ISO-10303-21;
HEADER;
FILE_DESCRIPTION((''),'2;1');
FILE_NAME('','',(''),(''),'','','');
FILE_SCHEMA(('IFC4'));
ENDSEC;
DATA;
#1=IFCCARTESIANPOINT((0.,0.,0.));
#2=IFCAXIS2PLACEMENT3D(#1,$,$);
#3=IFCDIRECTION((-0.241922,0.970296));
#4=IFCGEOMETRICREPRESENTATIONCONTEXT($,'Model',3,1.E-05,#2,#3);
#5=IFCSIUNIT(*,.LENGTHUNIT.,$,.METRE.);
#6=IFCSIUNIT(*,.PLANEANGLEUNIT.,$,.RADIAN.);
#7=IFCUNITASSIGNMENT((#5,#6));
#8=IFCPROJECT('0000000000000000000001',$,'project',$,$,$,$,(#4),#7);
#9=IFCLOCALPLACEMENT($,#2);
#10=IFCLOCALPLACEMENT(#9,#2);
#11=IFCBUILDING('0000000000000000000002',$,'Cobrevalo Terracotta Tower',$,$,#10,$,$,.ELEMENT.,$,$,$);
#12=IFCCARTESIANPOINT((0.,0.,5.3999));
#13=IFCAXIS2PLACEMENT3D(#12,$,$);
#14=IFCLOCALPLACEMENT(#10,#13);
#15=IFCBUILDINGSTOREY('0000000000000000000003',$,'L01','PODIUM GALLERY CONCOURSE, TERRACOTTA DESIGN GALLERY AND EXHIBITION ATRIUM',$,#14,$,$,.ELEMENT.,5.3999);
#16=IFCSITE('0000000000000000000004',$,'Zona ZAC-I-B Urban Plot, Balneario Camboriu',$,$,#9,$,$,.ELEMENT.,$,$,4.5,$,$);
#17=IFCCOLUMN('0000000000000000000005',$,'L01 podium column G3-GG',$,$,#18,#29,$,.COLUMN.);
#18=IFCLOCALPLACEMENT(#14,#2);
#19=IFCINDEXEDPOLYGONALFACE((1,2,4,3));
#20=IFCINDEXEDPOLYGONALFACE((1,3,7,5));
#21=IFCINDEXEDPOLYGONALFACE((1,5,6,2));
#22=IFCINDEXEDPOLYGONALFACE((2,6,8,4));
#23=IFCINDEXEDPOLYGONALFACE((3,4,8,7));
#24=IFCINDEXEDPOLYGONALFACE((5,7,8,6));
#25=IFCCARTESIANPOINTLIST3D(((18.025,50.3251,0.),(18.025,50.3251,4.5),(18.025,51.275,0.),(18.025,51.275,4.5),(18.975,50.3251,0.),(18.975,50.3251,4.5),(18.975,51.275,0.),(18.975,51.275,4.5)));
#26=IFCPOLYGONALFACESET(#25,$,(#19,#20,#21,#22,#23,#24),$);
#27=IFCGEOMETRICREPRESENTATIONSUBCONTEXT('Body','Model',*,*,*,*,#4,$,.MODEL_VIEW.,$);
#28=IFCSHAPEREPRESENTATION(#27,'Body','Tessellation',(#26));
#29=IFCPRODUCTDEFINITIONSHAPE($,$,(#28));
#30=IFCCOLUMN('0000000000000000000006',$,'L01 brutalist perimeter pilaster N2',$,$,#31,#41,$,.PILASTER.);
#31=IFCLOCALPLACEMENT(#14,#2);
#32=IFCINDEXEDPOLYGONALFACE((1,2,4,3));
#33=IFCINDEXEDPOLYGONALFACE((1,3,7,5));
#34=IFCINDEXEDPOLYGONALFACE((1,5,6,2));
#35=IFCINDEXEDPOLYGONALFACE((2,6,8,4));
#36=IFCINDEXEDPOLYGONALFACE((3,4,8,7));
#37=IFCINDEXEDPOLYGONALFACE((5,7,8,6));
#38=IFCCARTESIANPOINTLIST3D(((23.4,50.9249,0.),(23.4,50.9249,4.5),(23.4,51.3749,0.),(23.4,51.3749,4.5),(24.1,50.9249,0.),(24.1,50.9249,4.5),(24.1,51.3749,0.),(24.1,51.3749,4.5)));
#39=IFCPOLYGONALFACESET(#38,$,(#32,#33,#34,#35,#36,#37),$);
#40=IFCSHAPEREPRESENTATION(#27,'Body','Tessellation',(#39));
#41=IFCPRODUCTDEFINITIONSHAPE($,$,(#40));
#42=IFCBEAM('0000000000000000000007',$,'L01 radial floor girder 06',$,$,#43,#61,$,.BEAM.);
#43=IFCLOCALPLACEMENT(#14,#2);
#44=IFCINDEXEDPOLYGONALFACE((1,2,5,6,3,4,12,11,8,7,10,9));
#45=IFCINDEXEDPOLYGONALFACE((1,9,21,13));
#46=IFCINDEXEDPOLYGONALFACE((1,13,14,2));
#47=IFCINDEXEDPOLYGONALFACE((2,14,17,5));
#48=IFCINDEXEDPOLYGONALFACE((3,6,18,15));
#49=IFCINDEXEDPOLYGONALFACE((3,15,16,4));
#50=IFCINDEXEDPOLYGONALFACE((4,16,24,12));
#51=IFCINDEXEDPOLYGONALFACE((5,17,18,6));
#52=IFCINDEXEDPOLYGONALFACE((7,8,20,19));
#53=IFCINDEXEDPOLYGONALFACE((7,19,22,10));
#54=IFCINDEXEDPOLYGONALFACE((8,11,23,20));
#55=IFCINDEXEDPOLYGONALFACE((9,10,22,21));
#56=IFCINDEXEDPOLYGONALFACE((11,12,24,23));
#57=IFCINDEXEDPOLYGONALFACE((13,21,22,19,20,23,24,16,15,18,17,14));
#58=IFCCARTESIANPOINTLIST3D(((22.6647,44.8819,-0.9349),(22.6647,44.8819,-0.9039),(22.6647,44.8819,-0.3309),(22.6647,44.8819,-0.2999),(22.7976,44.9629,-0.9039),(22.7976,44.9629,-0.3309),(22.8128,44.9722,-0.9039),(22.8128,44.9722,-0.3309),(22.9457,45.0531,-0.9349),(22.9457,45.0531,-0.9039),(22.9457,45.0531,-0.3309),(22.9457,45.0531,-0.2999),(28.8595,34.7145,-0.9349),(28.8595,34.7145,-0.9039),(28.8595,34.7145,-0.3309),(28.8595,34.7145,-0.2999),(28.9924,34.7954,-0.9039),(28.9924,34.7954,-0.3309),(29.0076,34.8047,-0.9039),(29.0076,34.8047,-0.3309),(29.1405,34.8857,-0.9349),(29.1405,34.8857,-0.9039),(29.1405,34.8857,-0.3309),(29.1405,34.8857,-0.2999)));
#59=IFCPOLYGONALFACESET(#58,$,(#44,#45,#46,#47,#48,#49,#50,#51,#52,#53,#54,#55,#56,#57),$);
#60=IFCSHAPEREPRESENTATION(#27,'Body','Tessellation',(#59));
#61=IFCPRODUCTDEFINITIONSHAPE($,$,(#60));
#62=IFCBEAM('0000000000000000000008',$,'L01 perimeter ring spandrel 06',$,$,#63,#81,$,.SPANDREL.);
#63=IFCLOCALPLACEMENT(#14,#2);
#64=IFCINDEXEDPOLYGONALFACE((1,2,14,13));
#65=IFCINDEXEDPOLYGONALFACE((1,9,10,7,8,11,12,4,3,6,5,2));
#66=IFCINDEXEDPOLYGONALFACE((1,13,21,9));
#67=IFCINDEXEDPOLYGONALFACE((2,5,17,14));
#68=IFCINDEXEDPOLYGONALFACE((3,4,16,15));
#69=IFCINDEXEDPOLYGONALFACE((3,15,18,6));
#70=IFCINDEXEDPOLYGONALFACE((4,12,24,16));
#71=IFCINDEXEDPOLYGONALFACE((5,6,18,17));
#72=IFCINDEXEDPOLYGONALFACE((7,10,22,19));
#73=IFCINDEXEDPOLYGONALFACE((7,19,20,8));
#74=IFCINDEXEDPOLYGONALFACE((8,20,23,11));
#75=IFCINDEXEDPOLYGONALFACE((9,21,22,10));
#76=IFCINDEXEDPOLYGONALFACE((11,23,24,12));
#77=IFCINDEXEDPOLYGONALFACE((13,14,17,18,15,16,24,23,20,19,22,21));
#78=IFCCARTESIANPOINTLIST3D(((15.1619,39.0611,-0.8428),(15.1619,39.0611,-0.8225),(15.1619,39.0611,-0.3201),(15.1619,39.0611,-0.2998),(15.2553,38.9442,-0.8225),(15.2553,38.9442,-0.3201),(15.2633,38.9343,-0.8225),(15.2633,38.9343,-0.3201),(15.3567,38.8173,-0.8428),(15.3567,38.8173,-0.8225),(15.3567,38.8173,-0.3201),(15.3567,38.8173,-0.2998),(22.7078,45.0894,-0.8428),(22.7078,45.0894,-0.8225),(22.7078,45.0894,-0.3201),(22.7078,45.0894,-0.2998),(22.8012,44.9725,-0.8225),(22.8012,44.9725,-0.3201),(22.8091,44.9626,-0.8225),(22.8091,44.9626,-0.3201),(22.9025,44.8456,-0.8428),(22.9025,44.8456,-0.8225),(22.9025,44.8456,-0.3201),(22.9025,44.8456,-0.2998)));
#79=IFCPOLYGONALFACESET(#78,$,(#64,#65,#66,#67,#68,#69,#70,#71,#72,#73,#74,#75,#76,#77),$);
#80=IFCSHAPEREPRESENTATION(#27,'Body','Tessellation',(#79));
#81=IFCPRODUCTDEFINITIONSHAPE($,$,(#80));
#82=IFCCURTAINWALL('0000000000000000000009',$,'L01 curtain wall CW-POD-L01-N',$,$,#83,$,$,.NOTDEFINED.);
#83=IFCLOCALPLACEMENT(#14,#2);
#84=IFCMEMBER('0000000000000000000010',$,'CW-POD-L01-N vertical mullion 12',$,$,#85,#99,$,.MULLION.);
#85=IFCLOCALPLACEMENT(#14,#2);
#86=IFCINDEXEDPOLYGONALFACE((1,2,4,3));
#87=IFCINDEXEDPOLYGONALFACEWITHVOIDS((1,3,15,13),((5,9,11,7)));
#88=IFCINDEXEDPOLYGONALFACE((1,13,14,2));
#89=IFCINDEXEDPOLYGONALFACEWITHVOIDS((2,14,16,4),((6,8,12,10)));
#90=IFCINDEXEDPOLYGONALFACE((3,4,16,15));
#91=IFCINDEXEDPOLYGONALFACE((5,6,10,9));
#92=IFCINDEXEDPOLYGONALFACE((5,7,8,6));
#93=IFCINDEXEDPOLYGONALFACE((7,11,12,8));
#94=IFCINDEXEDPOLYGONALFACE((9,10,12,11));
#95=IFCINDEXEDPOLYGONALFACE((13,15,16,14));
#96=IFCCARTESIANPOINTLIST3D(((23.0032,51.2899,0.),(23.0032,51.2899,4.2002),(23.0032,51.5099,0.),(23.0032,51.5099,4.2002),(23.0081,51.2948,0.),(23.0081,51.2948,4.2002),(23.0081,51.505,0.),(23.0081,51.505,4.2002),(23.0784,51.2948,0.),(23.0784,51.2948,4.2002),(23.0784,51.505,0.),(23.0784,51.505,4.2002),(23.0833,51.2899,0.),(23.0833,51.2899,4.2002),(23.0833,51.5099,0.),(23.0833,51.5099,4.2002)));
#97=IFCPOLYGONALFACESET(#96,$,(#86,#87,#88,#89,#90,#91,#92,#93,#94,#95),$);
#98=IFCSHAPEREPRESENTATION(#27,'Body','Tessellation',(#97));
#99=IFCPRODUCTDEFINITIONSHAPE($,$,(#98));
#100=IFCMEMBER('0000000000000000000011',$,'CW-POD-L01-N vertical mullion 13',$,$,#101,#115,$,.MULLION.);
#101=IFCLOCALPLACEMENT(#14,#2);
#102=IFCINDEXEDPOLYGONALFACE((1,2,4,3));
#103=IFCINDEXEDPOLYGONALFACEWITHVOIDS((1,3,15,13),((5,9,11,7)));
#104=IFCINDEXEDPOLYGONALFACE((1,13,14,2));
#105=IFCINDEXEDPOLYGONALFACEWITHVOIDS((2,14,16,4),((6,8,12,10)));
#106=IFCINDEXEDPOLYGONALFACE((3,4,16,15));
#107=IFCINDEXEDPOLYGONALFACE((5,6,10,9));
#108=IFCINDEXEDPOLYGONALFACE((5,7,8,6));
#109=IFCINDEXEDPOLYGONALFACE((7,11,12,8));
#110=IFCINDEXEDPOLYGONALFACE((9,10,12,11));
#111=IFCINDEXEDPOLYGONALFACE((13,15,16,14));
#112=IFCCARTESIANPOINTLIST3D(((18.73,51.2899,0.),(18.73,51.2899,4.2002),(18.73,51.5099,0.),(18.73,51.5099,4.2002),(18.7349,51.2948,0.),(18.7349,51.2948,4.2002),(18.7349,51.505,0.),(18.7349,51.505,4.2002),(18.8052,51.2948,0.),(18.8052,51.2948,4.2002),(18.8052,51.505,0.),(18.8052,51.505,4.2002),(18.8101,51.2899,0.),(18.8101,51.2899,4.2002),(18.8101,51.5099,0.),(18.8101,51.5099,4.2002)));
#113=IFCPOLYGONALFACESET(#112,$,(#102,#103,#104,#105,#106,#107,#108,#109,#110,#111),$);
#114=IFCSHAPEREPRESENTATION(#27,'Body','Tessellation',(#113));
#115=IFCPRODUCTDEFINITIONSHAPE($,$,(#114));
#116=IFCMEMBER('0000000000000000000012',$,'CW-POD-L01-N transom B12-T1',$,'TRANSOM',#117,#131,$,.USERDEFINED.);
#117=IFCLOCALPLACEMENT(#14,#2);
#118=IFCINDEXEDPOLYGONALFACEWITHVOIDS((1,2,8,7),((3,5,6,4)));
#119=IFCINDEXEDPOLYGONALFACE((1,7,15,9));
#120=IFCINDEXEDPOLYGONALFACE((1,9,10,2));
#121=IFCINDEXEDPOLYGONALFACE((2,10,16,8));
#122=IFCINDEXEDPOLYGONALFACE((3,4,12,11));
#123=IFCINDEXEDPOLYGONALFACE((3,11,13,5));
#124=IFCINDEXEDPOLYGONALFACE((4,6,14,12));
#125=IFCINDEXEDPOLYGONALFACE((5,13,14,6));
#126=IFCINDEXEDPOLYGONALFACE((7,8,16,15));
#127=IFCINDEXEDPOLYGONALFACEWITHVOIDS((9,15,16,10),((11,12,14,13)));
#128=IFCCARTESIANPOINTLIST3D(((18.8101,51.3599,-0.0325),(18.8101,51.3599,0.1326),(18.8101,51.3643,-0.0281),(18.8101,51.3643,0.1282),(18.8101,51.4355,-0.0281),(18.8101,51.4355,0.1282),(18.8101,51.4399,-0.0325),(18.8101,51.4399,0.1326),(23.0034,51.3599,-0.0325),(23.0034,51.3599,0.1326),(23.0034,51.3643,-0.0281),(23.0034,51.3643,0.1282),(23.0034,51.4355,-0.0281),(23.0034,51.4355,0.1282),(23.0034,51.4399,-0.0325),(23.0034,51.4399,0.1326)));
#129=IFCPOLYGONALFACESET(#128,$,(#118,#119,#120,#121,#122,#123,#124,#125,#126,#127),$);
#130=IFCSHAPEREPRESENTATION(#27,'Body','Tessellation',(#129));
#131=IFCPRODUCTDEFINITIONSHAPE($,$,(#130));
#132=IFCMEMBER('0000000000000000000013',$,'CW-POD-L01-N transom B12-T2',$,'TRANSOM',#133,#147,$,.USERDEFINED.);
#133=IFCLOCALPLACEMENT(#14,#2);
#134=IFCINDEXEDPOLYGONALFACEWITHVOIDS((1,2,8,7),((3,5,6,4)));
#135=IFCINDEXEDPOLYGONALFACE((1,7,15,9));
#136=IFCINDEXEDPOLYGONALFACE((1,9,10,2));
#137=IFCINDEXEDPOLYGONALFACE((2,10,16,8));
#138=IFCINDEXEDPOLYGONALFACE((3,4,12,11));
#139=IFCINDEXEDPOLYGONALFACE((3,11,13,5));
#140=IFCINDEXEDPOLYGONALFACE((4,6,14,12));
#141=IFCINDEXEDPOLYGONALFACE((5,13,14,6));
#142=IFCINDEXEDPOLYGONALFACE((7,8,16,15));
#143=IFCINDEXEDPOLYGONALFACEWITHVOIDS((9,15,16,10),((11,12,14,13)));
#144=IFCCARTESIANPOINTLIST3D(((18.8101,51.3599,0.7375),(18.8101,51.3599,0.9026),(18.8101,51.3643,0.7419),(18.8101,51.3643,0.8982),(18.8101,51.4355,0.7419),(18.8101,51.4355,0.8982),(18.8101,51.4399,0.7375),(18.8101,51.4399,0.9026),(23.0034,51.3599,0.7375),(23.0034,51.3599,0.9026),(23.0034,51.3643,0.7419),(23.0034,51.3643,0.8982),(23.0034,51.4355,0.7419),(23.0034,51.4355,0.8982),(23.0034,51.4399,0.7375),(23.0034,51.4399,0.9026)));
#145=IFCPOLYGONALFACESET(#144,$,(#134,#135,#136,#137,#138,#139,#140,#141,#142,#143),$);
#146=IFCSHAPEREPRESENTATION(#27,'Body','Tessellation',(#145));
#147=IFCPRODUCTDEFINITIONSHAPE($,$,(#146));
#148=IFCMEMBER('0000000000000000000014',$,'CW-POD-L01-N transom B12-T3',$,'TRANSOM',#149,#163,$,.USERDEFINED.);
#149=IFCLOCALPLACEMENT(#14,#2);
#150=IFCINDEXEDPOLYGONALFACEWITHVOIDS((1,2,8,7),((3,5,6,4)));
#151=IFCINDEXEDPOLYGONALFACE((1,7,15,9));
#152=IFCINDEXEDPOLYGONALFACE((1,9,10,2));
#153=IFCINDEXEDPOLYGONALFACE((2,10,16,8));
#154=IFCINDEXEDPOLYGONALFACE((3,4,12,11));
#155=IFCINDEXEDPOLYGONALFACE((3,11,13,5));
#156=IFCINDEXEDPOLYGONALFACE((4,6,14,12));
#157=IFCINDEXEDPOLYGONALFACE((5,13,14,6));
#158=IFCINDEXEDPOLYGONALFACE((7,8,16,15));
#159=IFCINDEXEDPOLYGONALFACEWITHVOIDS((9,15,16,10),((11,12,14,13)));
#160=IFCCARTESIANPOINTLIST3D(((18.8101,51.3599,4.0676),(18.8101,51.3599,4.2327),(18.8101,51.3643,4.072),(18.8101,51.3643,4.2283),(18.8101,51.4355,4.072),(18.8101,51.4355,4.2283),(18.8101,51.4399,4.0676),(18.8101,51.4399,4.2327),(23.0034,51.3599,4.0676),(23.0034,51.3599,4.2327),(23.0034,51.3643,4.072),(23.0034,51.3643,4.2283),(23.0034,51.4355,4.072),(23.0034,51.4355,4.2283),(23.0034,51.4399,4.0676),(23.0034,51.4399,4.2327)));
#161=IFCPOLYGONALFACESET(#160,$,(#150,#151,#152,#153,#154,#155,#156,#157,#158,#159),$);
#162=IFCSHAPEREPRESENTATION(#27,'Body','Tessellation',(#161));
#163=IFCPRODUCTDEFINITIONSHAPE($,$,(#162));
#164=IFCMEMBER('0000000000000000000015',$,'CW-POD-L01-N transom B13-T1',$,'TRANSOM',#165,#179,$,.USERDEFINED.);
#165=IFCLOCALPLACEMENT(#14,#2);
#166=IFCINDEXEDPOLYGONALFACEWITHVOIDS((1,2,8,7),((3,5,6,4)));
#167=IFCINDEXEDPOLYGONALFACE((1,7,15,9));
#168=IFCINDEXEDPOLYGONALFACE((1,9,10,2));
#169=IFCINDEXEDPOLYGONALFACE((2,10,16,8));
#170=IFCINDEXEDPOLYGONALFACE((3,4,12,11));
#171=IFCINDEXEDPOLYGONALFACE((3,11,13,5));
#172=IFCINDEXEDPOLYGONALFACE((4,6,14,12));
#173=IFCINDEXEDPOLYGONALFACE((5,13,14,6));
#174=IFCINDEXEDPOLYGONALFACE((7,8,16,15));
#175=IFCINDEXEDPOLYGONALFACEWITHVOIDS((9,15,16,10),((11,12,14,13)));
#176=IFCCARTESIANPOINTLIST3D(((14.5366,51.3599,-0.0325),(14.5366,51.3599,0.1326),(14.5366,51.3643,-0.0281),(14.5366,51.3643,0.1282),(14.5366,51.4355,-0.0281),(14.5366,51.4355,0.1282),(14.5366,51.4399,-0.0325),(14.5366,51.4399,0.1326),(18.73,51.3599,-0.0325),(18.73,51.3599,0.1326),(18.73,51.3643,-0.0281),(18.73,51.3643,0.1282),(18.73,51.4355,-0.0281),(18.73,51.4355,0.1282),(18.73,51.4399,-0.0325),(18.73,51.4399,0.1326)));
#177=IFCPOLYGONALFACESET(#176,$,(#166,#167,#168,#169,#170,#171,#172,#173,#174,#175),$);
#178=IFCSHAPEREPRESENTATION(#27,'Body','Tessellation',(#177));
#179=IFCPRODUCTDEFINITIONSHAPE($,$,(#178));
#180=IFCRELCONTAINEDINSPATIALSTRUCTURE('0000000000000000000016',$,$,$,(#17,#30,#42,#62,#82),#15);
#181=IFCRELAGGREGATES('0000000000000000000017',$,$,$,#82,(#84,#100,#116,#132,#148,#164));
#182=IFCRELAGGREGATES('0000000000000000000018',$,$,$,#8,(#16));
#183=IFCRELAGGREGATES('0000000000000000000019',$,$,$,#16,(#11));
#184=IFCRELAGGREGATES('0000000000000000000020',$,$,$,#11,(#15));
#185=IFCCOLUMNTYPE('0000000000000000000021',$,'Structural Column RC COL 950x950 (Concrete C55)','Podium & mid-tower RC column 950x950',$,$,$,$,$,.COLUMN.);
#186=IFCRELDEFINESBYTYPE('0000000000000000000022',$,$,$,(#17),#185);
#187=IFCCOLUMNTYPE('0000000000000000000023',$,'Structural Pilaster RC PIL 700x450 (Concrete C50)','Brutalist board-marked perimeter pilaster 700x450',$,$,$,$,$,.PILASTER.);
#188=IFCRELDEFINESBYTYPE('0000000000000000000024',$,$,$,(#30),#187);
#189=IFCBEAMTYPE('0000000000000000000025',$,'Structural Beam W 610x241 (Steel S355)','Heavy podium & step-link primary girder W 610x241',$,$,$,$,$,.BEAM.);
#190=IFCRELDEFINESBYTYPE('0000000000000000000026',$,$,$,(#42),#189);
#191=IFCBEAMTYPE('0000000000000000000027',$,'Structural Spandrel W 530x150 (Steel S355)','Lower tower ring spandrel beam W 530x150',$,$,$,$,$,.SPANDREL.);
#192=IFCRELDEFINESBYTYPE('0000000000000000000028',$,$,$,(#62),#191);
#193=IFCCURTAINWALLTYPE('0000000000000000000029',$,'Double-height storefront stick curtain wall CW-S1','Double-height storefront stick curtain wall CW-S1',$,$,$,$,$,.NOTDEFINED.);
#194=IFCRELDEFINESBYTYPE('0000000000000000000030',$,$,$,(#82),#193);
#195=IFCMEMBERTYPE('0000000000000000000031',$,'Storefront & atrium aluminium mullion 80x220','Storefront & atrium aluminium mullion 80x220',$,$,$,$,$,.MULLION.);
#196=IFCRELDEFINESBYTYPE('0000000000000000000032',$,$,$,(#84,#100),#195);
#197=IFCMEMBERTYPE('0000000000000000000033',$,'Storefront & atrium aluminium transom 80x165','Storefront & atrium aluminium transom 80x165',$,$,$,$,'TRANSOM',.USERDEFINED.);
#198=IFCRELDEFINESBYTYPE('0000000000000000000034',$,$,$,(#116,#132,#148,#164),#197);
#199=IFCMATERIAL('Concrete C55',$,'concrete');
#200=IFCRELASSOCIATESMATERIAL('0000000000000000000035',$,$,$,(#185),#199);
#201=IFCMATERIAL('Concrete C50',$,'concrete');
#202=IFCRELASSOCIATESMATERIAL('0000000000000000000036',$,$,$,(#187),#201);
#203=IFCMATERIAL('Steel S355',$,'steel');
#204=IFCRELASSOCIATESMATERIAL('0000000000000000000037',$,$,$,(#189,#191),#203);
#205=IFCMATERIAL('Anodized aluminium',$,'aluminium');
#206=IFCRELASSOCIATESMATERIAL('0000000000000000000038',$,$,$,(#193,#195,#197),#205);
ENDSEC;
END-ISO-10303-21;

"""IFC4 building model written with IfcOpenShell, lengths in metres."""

from ifc_helpers import new_model, si_unit, direction, frame, origin, origin_2d, place, context, subcontext, project, spatial, rectangle, hollow_rectangle, i_section, extrude, source, transform, mapped, material, material_profile, profile_set, type_object, element, aggregate, save


model = new_model("IFC4")

# Units and contexts
model_context = context("Model", 3, precision=1e-05, world=origin(), true_north=direction((-0.241922, 0.970296)))
body_context = subcontext(model_context, "Body", "Model", "MODEL_VIEW")
ifc_project = project(units=[si_unit("LENGTHUNIT", "METRE"), si_unit("PLANEANGLEUNIT", "RADIAN")], contexts=[model_context])

# Site, building, storey
site_placement = place(None, origin())
site = spatial("IfcSite", under=ifc_project, at=site_placement, Name="Zona ZAC-I-B Urban Plot, Balneario Camboriu", CompositionType="ELEMENT", RefElevation=4.5)
building_placement = place(site_placement, origin())
building = spatial("IfcBuilding", under=site, at=building_placement, Name="Cobrevalo Terracotta Tower", CompositionType="ELEMENT")
storey_placement = place(building_placement, frame((0.0, 0.0, 5.3999)))
storey = spatial("IfcBuildingStorey", under=building, at=storey_placement, Name="L01", Description="PODIUM GALLERY CONCOURSE, TERRACOTTA DESIGN GALLERY AND EXHIBITION ATRIUM", CompositionType="ELEMENT", Elevation=5.3999)

# Columns
ifc_material_1 = material(Name="Concrete C55", Category="concrete")
ifc_material_profile_1 = material_profile(ifc_material_1, rectangle(XDim=0.95, YDim=0.95, at=origin_2d()), Name="RC COL 950x950")
ifc_profile_set_1 = profile_set([ifc_material_profile_1], Name="Concrete C55")
column_type_1 = type_object("IfcColumnType", Name="Structural Column RC COL 950x950 (Concrete C55)", Description="Podium & mid-tower RC column 950x950", PredefinedType="COLUMN", material=ifc_profile_set_1)
column_1_placement = place(storey_placement, frame((18.5, 50.8, 0.0), z_axis=(0.0, 0.0, 1.0), x_axis=(1.0, 0.0, 0.0)))
element("IfcColumn", 1, at=column_1_placement, inside=storey, type_object=column_type_1, Name="L01 podium column G3-GG", PredefinedType="COLUMN", context=body_context, shape_type="SweptSolid", body=[
    extrude(rectangle(XDim=0.95, YDim=0.95, at=origin_2d()), origin(), (0.0, 0.0, 1.0), 4.5),
])
ifc_material_2 = material(Name="Concrete C50", Category="concrete")
ifc_material_profile_2 = material_profile(ifc_material_2, rectangle(XDim=0.7, YDim=0.45, at=origin_2d()), Name="RC PIL 700x450")
ifc_profile_set_2 = profile_set([ifc_material_profile_2], Name="Concrete C50")
column_type_2 = type_object("IfcColumnType", Name="Structural Pilaster RC PIL 700x450 (Concrete C50)", Description="Brutalist board-marked perimeter pilaster 700x450", PredefinedType="PILASTER", material=ifc_profile_set_2)
column_2_placement = place(storey_placement, frame((23.75, 51.1499, 0.0), z_axis=(0.0, 0.0, 1.0), x_axis=(1.0, 0.0, 0.0)))
element("IfcColumn", 2, at=column_2_placement, inside=storey, type_object=column_type_2, Name="L01 brutalist perimeter pilaster N2", PredefinedType="PILASTER", context=body_context, shape_type="SweptSolid", body=[
    extrude(rectangle(XDim=0.7, YDim=0.45, at=origin_2d()), origin(), (0.0, 0.0, 1.0), 4.5),
])

# Beams
ifc_material_3 = material(Name="Steel S355", Category="steel")
ifc_material_profile_3 = material_profile(ifc_material_3, i_section(OverallWidth=0.3291, OverallDepth=0.635, WebThickness=0.0178, FlangeThickness=0.031, at=origin_2d()), Name="W 610x241")
ifc_profile_set_3 = profile_set([ifc_material_profile_3], Name="Steel S355")
beam_type_1 = type_object("IfcBeamType", Name="Structural Beam W 610x241 (Steel S355)", Description="Heavy podium & step-link primary girder W 610x241", PredefinedType="BEAM", material=ifc_profile_set_3)
beam_1_placement = place(storey_placement, frame((22.8052, 44.9675, -0.6174), z_axis=(0.52031, -0.853978, 0.0), x_axis=(0.853978, 0.52031, 0.0)))
element("IfcBeam", 3, at=beam_1_placement, inside=storey, type_object=beam_type_1, Name="L01 radial floor girder 06", PredefinedType="BEAM", context=body_context, shape_type="SweptSolid", body=[
    extrude(i_section(OverallWidth=0.3291, OverallDepth=0.635, WebThickness=0.0178, FlangeThickness=0.031, at=origin_2d()), origin(), (0.0, 0.0, 1.0), 11.906),
])
ifc_material_profile_4 = material_profile(ifc_material_3, i_section(OverallWidth=0.312, OverallDepth=0.543, WebThickness=0.0127, FlangeThickness=0.0203, at=origin_2d()), Name="W 530x150")
ifc_profile_set_4 = profile_set([ifc_material_profile_4], Name="Steel S355")
beam_type_2 = type_object("IfcBeamType", Name="Structural Spandrel W 530x150 (Steel S355)", Description="Lower tower ring spandrel beam W 530x150", PredefinedType="SPANDREL", material=ifc_profile_set_4)
beam_2_placement = place(storey_placement, frame((22.8052, 44.9675, -0.5713), z_axis=(-0.781293, -0.624165, 0.0), x_axis=(0.624165, -0.781293, 0.0)))
element("IfcBeam", 4, at=beam_2_placement, inside=storey, type_object=beam_type_2, Name="L01 perimeter ring spandrel 06", PredefinedType="SPANDREL", context=body_context, shape_type="SweptSolid", body=[
    extrude(i_section(OverallWidth=0.312, OverallDepth=0.543, WebThickness=0.0127, FlangeThickness=0.0203, at=origin_2d()), origin(), (0.0, 0.0, 1.0), 9.6582),
])

# Curtain wall, members
ifc_material_4 = material(Name="Anodized aluminium", Category="aluminium")
curtain_wall_type = type_object("IfcCurtainWallType", Name="Double-height storefront stick curtain wall CW-S1", Description="Double-height storefront stick curtain wall CW-S1", PredefinedType="NOTDEFINED", material=ifc_material_4)
curtain_wall_placement = place(storey_placement, origin())
curtain_wall = element("IfcCurtainWall", 5, at=curtain_wall_placement, inside=storey, type_object=curtain_wall_type, Name="L01 curtain wall CW-POD-L01-N", PredefinedType="NOTDEFINED")
ifc_material_profile_5 = material_profile(ifc_material_4, hollow_rectangle(XDim=0.0801, YDim=0.22, WallThickness=0.0049, at=origin_2d()), Name="CWM 80x220")
ifc_profile_set_5 = profile_set([ifc_material_profile_5], Name="Anodized aluminium")
member_type_1 = type_object("IfcMemberType", Name="Storefront & atrium aluminium mullion 80x220", Description="Storefront & atrium aluminium mullion 80x220", PredefinedType="MULLION", material=ifc_profile_set_5)
shared_shape_1 = source(origin(), body_context, "Body", "SweptSolid", [
    extrude(hollow_rectangle(XDim=0.0801, YDim=0.22, WallThickness=0.0049, at=origin_2d()), origin(), (0.0, 0.0, 1.0), 4.2002),
])
member_1_placement = place(storey_placement, frame((23.0432, 51.3999, 0.0), z_axis=(0.0, 0.0, 1.0), x_axis=(-1.0, 0.0, 0.0)))
member_1 = element("IfcMember", 6, at=member_1_placement, type_object=member_type_1, Name="CW-POD-L01-N vertical mullion 12", PredefinedType="MULLION", context=body_context, shape_type="MappedRepresentation", body=[
    mapped(shared_shape_1, transform((0.0, 0.0, 0.0), scale=1.0)),
])
member_2_placement = place(storey_placement, frame((18.77, 51.3999, 0.0), z_axis=(0.0, 0.0, 1.0), x_axis=(-1.0, 0.0, 0.0)))
member_2 = element("IfcMember", 7, at=member_2_placement, type_object=member_type_1, Name="CW-POD-L01-N vertical mullion 13", PredefinedType="MULLION", context=body_context, shape_type="MappedRepresentation", body=[
    mapped(shared_shape_1, transform((0.0, 0.0, 0.0), scale=1.0)),
])
ifc_material_profile_6 = material_profile(ifc_material_4, hollow_rectangle(XDim=0.0801, YDim=0.165, WallThickness=0.0044, at=origin_2d()), Name="CWT 80x165")
ifc_profile_set_6 = profile_set([ifc_material_profile_6], Name="Anodized aluminium")
member_type_2 = type_object("IfcMemberType", Name="Storefront & atrium aluminium transom 80x165", Description="Storefront & atrium aluminium transom 80x165", ElementType="TRANSOM", PredefinedType="USERDEFINED", material=ifc_profile_set_6)
shared_shape_2 = source(origin(), body_context, "Body", "SweptSolid", [
    extrude(hollow_rectangle(XDim=0.0801, YDim=0.165, WallThickness=0.0044, at=origin_2d()), origin(), (0.0, 0.0, 1.0), 4.1934),
])
member_3_placement = place(storey_placement, frame((23.0034, 51.3999, 0.05), z_axis=(-1.0, 0.0, 0.0), x_axis=(0.0, -1.0, 0.0)))
member_3 = element("IfcMember", 8, at=member_3_placement, type_object=member_type_2, Name="CW-POD-L01-N transom B12-T1", ObjectType="TRANSOM", PredefinedType="USERDEFINED", context=body_context, shape_type="MappedRepresentation", body=[
    mapped(shared_shape_2, transform((0.0, 0.0, 0.0), scale=1.0)),
])
member_4_placement = place(storey_placement, frame((23.0034, 51.3999, 0.8201), z_axis=(-1.0, 0.0, 0.0), x_axis=(0.0, -1.0, 0.0)))
member_4 = element("IfcMember", 9, at=member_4_placement, type_object=member_type_2, Name="CW-POD-L01-N transom B12-T2", ObjectType="TRANSOM", PredefinedType="USERDEFINED", context=body_context, shape_type="MappedRepresentation", body=[
    mapped(shared_shape_2, transform((0.0, 0.0, 0.0), scale=1.0)),
])
member_5_placement = place(storey_placement, frame((23.0034, 51.3999, 4.1501), z_axis=(-1.0, 0.0, 0.0), x_axis=(0.0, -1.0, 0.0)))
member_5 = element("IfcMember", 10, at=member_5_placement, type_object=member_type_2, Name="CW-POD-L01-N transom B12-T3", ObjectType="TRANSOM", PredefinedType="USERDEFINED", context=body_context, shape_type="MappedRepresentation", body=[
    mapped(shared_shape_2, transform((0.0, 0.0, 0.0), scale=1.0)),
])
member_6_placement = place(storey_placement, frame((18.73, 51.3999, 0.05), z_axis=(-1.0, 0.0, 0.0), x_axis=(0.0, -1.0, 0.0)))
member_6 = element("IfcMember", 11, at=member_6_placement, type_object=member_type_2, Name="CW-POD-L01-N transom B13-T1", ObjectType="TRANSOM", PredefinedType="USERDEFINED", context=body_context, shape_type="MappedRepresentation", body=[
    mapped(shared_shape_2, transform((0.0, 0.0, 0.0), scale=1.0)),
])
aggregate(curtain_wall, [member_1, member_2, member_3, member_4, member_5, member_6])

save(model, "model.ifc")
